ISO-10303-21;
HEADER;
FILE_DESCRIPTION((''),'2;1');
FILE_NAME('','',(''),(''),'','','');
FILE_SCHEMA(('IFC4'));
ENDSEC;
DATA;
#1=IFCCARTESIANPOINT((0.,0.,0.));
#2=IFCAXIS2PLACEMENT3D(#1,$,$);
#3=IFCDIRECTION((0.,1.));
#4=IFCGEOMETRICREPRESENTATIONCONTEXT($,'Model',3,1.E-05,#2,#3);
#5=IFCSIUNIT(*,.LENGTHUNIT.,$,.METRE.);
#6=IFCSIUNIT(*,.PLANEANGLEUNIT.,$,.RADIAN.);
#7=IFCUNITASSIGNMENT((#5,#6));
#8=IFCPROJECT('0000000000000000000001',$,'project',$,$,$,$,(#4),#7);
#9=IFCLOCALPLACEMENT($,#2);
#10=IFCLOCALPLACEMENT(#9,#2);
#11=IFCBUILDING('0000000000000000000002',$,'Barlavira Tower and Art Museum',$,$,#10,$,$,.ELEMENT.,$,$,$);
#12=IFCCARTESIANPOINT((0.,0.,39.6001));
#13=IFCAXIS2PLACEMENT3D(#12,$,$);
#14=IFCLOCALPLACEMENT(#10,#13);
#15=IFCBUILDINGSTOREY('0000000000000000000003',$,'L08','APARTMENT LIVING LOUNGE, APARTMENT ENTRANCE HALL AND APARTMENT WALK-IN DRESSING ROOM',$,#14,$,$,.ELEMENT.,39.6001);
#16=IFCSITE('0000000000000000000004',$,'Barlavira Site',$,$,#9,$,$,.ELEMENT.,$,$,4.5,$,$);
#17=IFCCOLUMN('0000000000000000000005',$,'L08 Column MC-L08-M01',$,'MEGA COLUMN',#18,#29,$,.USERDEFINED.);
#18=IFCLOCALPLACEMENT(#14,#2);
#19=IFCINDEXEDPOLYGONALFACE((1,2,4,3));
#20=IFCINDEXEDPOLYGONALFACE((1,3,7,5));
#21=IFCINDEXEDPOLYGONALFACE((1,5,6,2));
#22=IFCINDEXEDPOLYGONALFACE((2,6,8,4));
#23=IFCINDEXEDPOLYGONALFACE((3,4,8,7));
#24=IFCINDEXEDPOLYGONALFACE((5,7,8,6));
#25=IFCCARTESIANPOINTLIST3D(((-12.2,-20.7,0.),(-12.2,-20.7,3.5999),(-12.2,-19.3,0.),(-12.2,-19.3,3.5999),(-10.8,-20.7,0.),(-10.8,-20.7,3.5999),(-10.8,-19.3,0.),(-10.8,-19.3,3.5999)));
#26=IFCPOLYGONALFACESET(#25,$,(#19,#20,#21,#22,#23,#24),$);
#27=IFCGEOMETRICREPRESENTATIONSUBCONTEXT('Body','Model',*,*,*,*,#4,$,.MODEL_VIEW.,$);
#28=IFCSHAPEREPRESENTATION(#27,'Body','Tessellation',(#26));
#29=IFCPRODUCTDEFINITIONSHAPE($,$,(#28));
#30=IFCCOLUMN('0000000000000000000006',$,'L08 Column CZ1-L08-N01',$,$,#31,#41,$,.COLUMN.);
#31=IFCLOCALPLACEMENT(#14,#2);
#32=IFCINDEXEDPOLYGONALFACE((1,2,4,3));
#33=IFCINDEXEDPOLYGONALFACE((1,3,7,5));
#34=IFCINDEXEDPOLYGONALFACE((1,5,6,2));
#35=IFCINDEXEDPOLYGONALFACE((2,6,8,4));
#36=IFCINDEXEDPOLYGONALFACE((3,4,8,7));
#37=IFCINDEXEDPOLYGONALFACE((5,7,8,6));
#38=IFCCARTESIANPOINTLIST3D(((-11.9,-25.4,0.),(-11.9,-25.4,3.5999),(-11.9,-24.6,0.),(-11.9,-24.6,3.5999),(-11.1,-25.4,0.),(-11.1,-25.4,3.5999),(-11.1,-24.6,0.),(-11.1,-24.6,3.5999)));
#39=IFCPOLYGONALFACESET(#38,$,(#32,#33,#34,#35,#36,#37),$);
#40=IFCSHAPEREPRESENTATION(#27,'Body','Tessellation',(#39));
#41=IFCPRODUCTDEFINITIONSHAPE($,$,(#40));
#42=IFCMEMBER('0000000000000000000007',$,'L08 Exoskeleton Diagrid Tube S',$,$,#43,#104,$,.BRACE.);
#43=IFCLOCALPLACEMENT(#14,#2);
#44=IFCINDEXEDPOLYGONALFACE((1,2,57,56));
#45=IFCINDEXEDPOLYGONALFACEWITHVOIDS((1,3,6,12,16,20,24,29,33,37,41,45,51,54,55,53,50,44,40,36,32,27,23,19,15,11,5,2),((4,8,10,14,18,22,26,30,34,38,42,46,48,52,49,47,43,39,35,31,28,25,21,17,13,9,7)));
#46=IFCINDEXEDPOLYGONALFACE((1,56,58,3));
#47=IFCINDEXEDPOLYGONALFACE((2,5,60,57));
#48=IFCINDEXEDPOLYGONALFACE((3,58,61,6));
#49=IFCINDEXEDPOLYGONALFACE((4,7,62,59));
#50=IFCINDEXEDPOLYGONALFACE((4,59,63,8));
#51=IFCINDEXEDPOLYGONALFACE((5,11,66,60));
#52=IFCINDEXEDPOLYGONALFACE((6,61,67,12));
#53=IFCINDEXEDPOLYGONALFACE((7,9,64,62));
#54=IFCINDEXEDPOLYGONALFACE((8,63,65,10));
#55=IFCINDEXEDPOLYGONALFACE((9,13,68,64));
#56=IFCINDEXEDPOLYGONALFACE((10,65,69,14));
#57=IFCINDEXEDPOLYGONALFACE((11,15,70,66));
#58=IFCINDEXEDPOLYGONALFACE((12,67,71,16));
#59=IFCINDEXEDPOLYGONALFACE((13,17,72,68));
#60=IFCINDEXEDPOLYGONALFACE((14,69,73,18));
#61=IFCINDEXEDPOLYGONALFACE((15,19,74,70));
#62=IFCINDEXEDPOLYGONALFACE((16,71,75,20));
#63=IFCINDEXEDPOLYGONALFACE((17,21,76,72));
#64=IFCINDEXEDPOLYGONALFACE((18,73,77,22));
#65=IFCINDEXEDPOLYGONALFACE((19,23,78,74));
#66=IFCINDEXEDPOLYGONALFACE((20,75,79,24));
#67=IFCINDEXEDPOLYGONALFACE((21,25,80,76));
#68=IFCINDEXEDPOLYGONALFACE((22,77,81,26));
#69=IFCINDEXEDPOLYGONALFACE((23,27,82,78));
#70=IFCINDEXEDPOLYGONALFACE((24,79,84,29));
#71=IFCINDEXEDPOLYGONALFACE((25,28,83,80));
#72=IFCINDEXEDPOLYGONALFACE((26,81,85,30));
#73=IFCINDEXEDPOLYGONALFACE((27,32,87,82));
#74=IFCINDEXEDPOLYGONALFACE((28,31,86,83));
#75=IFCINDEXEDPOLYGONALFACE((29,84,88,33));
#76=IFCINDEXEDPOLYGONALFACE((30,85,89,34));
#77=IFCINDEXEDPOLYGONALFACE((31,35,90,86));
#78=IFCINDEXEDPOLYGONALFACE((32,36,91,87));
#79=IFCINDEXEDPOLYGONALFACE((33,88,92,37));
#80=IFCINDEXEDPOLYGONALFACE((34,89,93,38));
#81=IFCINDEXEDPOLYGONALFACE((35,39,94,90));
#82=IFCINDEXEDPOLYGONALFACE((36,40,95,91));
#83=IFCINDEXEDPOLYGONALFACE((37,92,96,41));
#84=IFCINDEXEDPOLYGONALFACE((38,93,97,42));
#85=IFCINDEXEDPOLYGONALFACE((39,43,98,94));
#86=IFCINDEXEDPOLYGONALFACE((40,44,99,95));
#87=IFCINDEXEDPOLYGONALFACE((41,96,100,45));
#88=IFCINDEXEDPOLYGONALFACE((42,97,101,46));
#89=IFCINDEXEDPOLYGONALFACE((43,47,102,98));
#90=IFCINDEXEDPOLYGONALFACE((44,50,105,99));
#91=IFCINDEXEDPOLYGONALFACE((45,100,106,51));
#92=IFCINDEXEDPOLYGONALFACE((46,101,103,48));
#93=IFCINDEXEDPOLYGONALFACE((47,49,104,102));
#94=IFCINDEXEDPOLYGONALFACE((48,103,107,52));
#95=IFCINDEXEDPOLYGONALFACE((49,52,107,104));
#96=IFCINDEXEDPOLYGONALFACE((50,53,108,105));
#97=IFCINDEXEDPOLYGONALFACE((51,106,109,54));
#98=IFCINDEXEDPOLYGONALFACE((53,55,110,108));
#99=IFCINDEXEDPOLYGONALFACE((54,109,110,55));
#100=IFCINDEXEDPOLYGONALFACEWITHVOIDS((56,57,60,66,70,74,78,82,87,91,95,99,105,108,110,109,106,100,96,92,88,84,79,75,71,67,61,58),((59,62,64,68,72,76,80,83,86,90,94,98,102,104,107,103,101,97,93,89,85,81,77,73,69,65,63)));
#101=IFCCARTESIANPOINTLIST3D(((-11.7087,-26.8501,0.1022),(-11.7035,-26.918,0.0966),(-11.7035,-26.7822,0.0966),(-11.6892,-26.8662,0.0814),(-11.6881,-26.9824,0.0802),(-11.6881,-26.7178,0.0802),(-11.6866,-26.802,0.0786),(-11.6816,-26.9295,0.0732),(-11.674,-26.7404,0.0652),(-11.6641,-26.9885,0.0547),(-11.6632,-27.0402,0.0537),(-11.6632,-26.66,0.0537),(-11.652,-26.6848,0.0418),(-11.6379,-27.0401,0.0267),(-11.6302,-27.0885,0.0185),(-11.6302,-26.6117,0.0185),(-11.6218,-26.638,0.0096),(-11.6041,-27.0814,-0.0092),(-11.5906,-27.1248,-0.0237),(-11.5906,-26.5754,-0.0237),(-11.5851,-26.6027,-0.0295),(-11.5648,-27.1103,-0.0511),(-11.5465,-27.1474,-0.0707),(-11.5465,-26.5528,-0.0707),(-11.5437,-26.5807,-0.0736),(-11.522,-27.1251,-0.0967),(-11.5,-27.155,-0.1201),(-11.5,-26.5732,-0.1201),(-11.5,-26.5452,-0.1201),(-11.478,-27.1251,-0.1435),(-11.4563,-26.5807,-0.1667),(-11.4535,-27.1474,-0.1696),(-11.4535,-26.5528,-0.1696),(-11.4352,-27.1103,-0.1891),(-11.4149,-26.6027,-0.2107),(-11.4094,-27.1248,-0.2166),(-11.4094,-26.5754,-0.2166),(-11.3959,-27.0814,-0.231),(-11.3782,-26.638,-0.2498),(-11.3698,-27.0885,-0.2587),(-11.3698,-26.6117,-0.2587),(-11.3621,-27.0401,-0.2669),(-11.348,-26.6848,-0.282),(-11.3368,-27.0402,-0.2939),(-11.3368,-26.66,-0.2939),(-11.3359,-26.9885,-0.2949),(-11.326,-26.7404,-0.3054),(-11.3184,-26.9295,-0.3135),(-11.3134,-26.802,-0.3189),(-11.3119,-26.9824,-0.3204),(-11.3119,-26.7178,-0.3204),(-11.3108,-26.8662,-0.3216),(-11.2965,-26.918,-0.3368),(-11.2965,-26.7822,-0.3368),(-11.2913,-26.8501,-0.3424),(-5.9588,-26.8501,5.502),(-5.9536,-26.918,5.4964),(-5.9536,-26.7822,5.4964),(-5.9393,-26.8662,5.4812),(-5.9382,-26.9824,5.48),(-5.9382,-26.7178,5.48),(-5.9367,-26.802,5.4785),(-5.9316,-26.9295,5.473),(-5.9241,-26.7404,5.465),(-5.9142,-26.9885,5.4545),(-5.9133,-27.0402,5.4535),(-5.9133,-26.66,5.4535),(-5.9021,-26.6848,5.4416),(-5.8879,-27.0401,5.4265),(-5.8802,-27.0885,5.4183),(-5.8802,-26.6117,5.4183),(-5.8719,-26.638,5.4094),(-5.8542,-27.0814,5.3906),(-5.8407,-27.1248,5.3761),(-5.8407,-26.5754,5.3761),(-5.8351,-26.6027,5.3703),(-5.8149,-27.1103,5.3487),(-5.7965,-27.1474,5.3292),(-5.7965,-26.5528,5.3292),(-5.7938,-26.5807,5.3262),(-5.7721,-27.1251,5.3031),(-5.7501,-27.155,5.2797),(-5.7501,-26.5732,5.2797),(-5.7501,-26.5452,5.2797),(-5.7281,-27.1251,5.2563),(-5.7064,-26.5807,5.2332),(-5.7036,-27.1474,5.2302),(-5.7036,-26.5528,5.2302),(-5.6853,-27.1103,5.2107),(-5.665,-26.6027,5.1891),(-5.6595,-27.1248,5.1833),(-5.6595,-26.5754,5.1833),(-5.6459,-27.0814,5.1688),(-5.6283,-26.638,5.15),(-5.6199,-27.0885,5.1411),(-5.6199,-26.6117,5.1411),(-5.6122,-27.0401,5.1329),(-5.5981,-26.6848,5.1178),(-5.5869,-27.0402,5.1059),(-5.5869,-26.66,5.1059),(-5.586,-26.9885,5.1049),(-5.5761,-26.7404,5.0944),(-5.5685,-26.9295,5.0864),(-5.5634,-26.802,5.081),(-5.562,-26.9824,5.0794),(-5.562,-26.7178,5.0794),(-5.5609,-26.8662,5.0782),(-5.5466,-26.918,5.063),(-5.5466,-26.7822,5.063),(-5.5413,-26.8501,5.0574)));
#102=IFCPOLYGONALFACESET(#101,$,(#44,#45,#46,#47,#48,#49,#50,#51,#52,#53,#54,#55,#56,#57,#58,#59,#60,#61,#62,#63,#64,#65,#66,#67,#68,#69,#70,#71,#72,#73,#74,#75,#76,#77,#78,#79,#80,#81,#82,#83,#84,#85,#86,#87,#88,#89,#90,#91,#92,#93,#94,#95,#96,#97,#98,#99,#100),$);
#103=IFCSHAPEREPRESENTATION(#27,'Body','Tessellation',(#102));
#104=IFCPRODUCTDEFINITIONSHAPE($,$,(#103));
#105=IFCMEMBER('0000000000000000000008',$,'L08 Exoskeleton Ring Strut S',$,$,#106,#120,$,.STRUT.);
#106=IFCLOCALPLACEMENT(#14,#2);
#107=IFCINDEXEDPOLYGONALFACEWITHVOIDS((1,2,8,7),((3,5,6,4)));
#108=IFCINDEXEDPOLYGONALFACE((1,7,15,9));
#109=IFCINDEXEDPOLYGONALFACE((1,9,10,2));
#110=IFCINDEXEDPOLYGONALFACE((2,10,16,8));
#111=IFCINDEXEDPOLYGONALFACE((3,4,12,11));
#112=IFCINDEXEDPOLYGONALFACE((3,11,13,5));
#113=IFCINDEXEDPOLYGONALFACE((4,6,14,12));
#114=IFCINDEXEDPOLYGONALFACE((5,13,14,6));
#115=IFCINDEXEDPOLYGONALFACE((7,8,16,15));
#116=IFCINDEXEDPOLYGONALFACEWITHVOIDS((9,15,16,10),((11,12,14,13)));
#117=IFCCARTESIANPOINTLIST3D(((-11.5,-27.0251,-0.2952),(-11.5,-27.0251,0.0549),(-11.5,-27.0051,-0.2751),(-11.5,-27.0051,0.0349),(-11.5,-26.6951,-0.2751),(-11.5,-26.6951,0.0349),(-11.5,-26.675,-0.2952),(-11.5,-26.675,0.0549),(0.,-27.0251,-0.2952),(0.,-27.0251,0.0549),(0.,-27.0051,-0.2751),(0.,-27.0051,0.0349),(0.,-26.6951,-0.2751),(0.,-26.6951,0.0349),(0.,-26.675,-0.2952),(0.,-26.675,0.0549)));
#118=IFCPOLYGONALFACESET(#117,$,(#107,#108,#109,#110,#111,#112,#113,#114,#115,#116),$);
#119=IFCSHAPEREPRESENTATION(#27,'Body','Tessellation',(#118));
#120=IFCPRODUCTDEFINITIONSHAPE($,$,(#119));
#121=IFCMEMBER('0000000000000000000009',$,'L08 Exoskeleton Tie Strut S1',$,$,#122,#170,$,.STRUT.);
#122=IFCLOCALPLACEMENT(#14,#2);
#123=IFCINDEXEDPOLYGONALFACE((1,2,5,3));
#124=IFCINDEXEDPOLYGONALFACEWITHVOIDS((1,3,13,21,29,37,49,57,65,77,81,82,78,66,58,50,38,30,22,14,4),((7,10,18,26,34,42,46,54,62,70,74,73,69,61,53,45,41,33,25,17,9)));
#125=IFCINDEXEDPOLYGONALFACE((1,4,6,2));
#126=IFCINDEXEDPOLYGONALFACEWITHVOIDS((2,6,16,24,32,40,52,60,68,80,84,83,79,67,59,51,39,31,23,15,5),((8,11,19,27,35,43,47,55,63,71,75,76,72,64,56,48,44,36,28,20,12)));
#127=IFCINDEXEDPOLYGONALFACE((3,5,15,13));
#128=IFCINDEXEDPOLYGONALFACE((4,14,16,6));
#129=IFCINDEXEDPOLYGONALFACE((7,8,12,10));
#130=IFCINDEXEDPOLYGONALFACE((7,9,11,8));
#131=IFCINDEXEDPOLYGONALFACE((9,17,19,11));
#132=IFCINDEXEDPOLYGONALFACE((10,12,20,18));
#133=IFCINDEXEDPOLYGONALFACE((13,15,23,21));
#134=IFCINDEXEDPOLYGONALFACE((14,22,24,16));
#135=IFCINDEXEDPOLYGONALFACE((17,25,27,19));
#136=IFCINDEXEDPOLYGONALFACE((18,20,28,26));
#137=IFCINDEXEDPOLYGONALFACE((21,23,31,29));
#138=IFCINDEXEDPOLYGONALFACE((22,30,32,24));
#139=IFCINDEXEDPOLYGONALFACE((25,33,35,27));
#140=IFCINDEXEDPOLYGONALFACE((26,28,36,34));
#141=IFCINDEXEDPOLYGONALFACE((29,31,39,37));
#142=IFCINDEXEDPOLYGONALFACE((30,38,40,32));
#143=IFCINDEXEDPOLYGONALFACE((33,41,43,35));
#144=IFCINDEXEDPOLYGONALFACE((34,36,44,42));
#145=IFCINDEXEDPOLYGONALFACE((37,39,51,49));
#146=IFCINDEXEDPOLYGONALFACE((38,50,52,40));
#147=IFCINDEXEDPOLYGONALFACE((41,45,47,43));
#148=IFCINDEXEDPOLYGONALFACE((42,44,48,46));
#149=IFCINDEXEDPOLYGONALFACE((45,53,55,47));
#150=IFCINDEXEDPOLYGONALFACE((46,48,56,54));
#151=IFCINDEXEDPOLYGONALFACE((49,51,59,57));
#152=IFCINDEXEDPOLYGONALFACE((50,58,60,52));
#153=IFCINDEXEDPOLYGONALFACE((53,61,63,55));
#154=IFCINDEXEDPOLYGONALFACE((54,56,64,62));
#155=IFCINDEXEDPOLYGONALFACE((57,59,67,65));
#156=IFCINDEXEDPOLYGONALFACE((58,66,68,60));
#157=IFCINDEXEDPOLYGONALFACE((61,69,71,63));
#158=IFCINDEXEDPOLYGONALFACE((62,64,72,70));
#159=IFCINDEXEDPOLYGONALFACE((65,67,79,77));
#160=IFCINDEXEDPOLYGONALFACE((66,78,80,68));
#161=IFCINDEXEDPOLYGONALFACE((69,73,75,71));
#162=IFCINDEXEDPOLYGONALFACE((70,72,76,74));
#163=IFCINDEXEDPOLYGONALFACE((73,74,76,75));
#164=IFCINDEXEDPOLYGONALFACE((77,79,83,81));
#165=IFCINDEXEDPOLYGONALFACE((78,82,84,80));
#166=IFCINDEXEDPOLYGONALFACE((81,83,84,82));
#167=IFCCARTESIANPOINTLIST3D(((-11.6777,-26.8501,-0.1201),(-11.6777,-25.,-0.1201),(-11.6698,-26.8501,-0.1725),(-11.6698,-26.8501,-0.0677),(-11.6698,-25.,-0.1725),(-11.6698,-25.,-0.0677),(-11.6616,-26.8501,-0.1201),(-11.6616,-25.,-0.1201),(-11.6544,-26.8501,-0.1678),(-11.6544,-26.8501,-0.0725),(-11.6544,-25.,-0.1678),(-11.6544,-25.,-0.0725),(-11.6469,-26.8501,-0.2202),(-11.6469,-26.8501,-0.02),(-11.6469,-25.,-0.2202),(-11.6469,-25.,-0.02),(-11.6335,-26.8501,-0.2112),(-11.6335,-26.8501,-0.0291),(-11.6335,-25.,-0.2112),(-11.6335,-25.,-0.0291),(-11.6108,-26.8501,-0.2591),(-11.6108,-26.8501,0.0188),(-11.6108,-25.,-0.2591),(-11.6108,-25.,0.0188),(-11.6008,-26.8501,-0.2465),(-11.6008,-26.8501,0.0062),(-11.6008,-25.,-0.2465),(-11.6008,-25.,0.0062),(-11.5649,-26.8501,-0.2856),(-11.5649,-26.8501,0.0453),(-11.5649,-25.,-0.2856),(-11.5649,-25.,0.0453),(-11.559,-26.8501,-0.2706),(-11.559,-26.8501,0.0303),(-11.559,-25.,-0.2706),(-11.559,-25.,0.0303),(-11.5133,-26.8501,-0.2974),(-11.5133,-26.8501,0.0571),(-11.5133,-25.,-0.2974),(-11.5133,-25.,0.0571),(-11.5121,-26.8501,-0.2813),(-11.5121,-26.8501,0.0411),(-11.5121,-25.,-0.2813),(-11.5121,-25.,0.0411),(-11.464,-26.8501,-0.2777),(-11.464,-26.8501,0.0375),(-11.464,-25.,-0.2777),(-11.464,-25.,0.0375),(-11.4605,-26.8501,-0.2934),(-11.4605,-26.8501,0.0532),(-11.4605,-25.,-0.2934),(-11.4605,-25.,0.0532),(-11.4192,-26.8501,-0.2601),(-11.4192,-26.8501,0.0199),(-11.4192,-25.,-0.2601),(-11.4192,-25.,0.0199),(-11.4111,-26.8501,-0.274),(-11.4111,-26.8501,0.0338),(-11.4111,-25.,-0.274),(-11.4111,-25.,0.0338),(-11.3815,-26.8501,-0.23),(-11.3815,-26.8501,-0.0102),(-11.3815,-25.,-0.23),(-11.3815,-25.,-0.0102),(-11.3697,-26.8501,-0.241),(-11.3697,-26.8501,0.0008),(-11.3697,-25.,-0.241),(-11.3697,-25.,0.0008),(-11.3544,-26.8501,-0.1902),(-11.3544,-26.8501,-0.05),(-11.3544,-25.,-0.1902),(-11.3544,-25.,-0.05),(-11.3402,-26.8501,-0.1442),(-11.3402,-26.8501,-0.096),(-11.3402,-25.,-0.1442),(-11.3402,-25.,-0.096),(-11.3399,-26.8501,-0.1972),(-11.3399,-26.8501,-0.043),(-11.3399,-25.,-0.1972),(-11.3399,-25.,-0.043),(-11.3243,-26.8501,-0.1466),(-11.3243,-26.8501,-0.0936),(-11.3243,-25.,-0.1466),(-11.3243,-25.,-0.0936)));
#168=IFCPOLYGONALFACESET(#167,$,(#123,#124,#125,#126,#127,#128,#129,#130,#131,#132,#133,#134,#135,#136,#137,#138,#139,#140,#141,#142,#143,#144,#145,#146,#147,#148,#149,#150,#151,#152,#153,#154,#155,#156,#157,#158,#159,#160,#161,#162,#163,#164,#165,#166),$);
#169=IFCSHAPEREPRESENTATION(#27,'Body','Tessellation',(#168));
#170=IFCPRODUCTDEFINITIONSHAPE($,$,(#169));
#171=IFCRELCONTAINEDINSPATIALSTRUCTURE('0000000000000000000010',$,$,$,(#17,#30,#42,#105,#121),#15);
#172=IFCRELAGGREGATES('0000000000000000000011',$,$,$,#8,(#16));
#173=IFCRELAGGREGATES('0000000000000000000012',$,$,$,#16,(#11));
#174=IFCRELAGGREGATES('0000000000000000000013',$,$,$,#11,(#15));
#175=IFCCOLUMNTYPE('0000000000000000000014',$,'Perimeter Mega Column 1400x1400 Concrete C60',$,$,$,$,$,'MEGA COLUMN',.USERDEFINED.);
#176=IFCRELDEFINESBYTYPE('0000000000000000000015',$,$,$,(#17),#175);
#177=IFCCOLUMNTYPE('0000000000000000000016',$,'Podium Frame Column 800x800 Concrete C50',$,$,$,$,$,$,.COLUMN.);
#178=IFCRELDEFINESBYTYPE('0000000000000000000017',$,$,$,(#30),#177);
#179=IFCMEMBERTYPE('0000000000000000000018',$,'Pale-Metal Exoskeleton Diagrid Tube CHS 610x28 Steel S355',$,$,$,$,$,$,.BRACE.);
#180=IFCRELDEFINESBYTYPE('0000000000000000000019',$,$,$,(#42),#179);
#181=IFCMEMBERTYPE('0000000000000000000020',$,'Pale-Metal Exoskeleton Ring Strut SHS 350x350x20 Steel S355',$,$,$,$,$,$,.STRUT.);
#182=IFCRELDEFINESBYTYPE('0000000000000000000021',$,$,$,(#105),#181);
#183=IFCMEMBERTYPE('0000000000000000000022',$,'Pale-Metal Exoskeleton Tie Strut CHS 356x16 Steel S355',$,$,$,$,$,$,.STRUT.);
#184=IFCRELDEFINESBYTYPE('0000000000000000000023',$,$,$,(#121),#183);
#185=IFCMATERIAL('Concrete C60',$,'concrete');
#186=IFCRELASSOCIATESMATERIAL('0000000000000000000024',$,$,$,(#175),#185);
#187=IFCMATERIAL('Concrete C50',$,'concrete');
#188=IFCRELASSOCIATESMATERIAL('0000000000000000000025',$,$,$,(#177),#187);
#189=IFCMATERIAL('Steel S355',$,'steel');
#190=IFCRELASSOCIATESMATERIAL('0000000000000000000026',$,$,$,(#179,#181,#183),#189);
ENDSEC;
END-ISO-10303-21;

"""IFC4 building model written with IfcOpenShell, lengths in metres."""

from ifc_helpers import new_model, si_unit, direction, frame, origin, origin_2d, place, context, subcontext, project, spatial, rectangle, hollow_rectangle, hollow_circle, extrude, material, material_profile, profile_set, type_object, element, save


model = new_model("IFC4")

# Units and contexts
model_context = context("Model", 3, precision=1e-05, world=origin(), true_north=direction((0.0, 1.0)))
body_context = subcontext(model_context, "Body", "Model", "MODEL_VIEW")
ifc_project = project(units=[si_unit("LENGTHUNIT", "METRE"), si_unit("PLANEANGLEUNIT", "RADIAN")], contexts=[model_context])

# Site, building, storey
site_placement = place(None, origin())
site = spatial("IfcSite", under=ifc_project, at=site_placement, Name="Barlavira Site", CompositionType="ELEMENT", RefElevation=4.5)
building_placement = place(site_placement, origin())
building = spatial("IfcBuilding", under=site, at=building_placement, Name="Barlavira Tower and Art Museum", CompositionType="ELEMENT")
storey_placement = place(building_placement, frame((0.0, 0.0, 39.6001)))
storey = spatial("IfcBuildingStorey", under=building, at=storey_placement, Name="L08", Description="APARTMENT LIVING LOUNGE, APARTMENT ENTRANCE HALL AND APARTMENT WALK-IN DRESSING ROOM", CompositionType="ELEMENT", Elevation=39.6001)

# Columns
ifc_material_1 = material(Name="Concrete C60", Category="concrete")
ifc_material_profile_1 = material_profile(ifc_material_1, rectangle(XDim=1.3999, YDim=1.3999, at=origin_2d()), Name="RC-MCOL 1400x1400")
ifc_profile_set_1 = profile_set([ifc_material_profile_1], Name="Concrete C60")
column_type_1 = type_object("IfcColumnType", Name="Perimeter Mega Column 1400x1400 Concrete C60", ElementType="MEGA COLUMN", PredefinedType="USERDEFINED", material=ifc_profile_set_1)
column_1_placement = place(storey_placement, frame((-11.5, -20.0, 0.0), z_axis=(0.0, 0.0, 1.0), x_axis=(1.0, 0.0, 0.0)))
element("IfcColumn", 1, at=column_1_placement, inside=storey, type_object=column_type_1, Name="L08 Column MC-L08-M01", ObjectType="MEGA COLUMN", PredefinedType="USERDEFINED", context=body_context, shape_type="SweptSolid", body=[
    extrude(rectangle(XDim=1.3999, YDim=1.3999, at=origin_2d()), origin(), (0.0, 0.0, 1.0), 3.5999),
])
ifc_material_2 = material(Name="Concrete C50", Category="concrete")
ifc_material_profile_2 = material_profile(ifc_material_2, rectangle(XDim=0.8, YDim=0.8, at=origin_2d()), Name="RC-COL 800x800")
ifc_profile_set_2 = profile_set([ifc_material_profile_2], Name="Concrete C50")
column_type_2 = type_object("IfcColumnType", Name="Podium Frame Column 800x800 Concrete C50", PredefinedType="COLUMN", material=ifc_profile_set_2)
column_2_placement = place(storey_placement, frame((-11.5, -25.0, 0.0), z_axis=(0.0, 0.0, 1.0), x_axis=(1.0, 0.0, 0.0)))
element("IfcColumn", 2, at=column_2_placement, inside=storey, type_object=column_type_2, Name="L08 Column CZ1-L08-N01", PredefinedType="COLUMN", context=body_context, shape_type="SweptSolid", body=[
    extrude(rectangle(XDim=0.8, YDim=0.8, at=origin_2d()), origin(), (0.0, 0.0, 1.0), 3.5999),
])

# Members
ifc_material_3 = material(Name="Steel S355", Category="steel")
ifc_material_profile_3 = material_profile(ifc_material_3, hollow_circle(Radius=0.3049, WallThickness=0.0281, at=origin_2d()), Name="CHS 610.0x28.0")
ifc_profile_set_3 = profile_set([ifc_material_profile_3], Name="Steel S355")
member_type_1 = type_object("IfcMemberType", Name="Pale-Metal Exoskeleton Diagrid Tube CHS 610x28 Steel S355", PredefinedType="BRACE", material=ifc_profile_set_3)
member_1_placement = place(storey_placement, frame((-11.5, -26.8501, -0.1201), z_axis=(0.72895, 0.0, 0.684567), x_axis=(0.0, 1.0, 0.0)))
element("IfcMember", 3, at=member_1_placement, inside=storey, type_object=member_type_1, Name="L08 Exoskeleton Diagrid Tube S", PredefinedType="BRACE", context=body_context, shape_type="SweptSolid", body=[
    extrude(hollow_circle(Radius=0.3049, WallThickness=0.0281, at=origin_2d()), origin(), (0.0, 0.0, 1.0), 7.8879),
])
ifc_material_profile_4 = material_profile(ifc_material_3, hollow_rectangle(XDim=0.3501, YDim=0.3501, WallThickness=0.02, at=origin_2d()), Name="SHS 350x350x20.0")
ifc_profile_set_4 = profile_set([ifc_material_profile_4], Name="Steel S355")
member_type_2 = type_object("IfcMemberType", Name="Pale-Metal Exoskeleton Ring Strut SHS 350x350x20 Steel S355", PredefinedType="STRUT", material=ifc_profile_set_4)
member_2_placement = place(storey_placement, frame((-11.5, -26.8501, -0.1201), z_axis=(1.0, 0.0, 0.0), x_axis=(0.0, 1.0, 0.0)))
element("IfcMember", 4, at=member_2_placement, inside=storey, type_object=member_type_2, Name="L08 Exoskeleton Ring Strut S", PredefinedType="STRUT", context=body_context, shape_type="SweptSolid", body=[
    extrude(hollow_rectangle(XDim=0.3501, YDim=0.3501, WallThickness=0.02, at=origin_2d()), origin(), (0.0, 0.0, 1.0), 11.5),
])
ifc_material_profile_5 = material_profile(ifc_material_3, hollow_circle(Radius=0.1777, WallThickness=0.0161, at=origin_2d()), Name="CHS 355.6x16.0")
ifc_profile_set_5 = profile_set([ifc_material_profile_5], Name="Steel S355")
member_type_3 = type_object("IfcMemberType", Name="Pale-Metal Exoskeleton Tie Strut CHS 356x16 Steel S355", PredefinedType="STRUT", material=ifc_profile_set_5)
member_3_placement = place(storey_placement, frame((-11.5, -26.8501, -0.1201), z_axis=(0.0, 1.0, 0.0), x_axis=(-1.0, 0.0, 0.0)))
element("IfcMember", 5, at=member_3_placement, inside=storey, type_object=member_type_3, Name="L08 Exoskeleton Tie Strut S1", PredefinedType="STRUT", context=body_context, shape_type="SweptSolid", body=[
    extrude(hollow_circle(Radius=0.1777, WallThickness=0.0161, at=origin_2d()), origin(), (0.0, 0.0, 1.0), 1.8501),
])

save(model, "model.ifc")
